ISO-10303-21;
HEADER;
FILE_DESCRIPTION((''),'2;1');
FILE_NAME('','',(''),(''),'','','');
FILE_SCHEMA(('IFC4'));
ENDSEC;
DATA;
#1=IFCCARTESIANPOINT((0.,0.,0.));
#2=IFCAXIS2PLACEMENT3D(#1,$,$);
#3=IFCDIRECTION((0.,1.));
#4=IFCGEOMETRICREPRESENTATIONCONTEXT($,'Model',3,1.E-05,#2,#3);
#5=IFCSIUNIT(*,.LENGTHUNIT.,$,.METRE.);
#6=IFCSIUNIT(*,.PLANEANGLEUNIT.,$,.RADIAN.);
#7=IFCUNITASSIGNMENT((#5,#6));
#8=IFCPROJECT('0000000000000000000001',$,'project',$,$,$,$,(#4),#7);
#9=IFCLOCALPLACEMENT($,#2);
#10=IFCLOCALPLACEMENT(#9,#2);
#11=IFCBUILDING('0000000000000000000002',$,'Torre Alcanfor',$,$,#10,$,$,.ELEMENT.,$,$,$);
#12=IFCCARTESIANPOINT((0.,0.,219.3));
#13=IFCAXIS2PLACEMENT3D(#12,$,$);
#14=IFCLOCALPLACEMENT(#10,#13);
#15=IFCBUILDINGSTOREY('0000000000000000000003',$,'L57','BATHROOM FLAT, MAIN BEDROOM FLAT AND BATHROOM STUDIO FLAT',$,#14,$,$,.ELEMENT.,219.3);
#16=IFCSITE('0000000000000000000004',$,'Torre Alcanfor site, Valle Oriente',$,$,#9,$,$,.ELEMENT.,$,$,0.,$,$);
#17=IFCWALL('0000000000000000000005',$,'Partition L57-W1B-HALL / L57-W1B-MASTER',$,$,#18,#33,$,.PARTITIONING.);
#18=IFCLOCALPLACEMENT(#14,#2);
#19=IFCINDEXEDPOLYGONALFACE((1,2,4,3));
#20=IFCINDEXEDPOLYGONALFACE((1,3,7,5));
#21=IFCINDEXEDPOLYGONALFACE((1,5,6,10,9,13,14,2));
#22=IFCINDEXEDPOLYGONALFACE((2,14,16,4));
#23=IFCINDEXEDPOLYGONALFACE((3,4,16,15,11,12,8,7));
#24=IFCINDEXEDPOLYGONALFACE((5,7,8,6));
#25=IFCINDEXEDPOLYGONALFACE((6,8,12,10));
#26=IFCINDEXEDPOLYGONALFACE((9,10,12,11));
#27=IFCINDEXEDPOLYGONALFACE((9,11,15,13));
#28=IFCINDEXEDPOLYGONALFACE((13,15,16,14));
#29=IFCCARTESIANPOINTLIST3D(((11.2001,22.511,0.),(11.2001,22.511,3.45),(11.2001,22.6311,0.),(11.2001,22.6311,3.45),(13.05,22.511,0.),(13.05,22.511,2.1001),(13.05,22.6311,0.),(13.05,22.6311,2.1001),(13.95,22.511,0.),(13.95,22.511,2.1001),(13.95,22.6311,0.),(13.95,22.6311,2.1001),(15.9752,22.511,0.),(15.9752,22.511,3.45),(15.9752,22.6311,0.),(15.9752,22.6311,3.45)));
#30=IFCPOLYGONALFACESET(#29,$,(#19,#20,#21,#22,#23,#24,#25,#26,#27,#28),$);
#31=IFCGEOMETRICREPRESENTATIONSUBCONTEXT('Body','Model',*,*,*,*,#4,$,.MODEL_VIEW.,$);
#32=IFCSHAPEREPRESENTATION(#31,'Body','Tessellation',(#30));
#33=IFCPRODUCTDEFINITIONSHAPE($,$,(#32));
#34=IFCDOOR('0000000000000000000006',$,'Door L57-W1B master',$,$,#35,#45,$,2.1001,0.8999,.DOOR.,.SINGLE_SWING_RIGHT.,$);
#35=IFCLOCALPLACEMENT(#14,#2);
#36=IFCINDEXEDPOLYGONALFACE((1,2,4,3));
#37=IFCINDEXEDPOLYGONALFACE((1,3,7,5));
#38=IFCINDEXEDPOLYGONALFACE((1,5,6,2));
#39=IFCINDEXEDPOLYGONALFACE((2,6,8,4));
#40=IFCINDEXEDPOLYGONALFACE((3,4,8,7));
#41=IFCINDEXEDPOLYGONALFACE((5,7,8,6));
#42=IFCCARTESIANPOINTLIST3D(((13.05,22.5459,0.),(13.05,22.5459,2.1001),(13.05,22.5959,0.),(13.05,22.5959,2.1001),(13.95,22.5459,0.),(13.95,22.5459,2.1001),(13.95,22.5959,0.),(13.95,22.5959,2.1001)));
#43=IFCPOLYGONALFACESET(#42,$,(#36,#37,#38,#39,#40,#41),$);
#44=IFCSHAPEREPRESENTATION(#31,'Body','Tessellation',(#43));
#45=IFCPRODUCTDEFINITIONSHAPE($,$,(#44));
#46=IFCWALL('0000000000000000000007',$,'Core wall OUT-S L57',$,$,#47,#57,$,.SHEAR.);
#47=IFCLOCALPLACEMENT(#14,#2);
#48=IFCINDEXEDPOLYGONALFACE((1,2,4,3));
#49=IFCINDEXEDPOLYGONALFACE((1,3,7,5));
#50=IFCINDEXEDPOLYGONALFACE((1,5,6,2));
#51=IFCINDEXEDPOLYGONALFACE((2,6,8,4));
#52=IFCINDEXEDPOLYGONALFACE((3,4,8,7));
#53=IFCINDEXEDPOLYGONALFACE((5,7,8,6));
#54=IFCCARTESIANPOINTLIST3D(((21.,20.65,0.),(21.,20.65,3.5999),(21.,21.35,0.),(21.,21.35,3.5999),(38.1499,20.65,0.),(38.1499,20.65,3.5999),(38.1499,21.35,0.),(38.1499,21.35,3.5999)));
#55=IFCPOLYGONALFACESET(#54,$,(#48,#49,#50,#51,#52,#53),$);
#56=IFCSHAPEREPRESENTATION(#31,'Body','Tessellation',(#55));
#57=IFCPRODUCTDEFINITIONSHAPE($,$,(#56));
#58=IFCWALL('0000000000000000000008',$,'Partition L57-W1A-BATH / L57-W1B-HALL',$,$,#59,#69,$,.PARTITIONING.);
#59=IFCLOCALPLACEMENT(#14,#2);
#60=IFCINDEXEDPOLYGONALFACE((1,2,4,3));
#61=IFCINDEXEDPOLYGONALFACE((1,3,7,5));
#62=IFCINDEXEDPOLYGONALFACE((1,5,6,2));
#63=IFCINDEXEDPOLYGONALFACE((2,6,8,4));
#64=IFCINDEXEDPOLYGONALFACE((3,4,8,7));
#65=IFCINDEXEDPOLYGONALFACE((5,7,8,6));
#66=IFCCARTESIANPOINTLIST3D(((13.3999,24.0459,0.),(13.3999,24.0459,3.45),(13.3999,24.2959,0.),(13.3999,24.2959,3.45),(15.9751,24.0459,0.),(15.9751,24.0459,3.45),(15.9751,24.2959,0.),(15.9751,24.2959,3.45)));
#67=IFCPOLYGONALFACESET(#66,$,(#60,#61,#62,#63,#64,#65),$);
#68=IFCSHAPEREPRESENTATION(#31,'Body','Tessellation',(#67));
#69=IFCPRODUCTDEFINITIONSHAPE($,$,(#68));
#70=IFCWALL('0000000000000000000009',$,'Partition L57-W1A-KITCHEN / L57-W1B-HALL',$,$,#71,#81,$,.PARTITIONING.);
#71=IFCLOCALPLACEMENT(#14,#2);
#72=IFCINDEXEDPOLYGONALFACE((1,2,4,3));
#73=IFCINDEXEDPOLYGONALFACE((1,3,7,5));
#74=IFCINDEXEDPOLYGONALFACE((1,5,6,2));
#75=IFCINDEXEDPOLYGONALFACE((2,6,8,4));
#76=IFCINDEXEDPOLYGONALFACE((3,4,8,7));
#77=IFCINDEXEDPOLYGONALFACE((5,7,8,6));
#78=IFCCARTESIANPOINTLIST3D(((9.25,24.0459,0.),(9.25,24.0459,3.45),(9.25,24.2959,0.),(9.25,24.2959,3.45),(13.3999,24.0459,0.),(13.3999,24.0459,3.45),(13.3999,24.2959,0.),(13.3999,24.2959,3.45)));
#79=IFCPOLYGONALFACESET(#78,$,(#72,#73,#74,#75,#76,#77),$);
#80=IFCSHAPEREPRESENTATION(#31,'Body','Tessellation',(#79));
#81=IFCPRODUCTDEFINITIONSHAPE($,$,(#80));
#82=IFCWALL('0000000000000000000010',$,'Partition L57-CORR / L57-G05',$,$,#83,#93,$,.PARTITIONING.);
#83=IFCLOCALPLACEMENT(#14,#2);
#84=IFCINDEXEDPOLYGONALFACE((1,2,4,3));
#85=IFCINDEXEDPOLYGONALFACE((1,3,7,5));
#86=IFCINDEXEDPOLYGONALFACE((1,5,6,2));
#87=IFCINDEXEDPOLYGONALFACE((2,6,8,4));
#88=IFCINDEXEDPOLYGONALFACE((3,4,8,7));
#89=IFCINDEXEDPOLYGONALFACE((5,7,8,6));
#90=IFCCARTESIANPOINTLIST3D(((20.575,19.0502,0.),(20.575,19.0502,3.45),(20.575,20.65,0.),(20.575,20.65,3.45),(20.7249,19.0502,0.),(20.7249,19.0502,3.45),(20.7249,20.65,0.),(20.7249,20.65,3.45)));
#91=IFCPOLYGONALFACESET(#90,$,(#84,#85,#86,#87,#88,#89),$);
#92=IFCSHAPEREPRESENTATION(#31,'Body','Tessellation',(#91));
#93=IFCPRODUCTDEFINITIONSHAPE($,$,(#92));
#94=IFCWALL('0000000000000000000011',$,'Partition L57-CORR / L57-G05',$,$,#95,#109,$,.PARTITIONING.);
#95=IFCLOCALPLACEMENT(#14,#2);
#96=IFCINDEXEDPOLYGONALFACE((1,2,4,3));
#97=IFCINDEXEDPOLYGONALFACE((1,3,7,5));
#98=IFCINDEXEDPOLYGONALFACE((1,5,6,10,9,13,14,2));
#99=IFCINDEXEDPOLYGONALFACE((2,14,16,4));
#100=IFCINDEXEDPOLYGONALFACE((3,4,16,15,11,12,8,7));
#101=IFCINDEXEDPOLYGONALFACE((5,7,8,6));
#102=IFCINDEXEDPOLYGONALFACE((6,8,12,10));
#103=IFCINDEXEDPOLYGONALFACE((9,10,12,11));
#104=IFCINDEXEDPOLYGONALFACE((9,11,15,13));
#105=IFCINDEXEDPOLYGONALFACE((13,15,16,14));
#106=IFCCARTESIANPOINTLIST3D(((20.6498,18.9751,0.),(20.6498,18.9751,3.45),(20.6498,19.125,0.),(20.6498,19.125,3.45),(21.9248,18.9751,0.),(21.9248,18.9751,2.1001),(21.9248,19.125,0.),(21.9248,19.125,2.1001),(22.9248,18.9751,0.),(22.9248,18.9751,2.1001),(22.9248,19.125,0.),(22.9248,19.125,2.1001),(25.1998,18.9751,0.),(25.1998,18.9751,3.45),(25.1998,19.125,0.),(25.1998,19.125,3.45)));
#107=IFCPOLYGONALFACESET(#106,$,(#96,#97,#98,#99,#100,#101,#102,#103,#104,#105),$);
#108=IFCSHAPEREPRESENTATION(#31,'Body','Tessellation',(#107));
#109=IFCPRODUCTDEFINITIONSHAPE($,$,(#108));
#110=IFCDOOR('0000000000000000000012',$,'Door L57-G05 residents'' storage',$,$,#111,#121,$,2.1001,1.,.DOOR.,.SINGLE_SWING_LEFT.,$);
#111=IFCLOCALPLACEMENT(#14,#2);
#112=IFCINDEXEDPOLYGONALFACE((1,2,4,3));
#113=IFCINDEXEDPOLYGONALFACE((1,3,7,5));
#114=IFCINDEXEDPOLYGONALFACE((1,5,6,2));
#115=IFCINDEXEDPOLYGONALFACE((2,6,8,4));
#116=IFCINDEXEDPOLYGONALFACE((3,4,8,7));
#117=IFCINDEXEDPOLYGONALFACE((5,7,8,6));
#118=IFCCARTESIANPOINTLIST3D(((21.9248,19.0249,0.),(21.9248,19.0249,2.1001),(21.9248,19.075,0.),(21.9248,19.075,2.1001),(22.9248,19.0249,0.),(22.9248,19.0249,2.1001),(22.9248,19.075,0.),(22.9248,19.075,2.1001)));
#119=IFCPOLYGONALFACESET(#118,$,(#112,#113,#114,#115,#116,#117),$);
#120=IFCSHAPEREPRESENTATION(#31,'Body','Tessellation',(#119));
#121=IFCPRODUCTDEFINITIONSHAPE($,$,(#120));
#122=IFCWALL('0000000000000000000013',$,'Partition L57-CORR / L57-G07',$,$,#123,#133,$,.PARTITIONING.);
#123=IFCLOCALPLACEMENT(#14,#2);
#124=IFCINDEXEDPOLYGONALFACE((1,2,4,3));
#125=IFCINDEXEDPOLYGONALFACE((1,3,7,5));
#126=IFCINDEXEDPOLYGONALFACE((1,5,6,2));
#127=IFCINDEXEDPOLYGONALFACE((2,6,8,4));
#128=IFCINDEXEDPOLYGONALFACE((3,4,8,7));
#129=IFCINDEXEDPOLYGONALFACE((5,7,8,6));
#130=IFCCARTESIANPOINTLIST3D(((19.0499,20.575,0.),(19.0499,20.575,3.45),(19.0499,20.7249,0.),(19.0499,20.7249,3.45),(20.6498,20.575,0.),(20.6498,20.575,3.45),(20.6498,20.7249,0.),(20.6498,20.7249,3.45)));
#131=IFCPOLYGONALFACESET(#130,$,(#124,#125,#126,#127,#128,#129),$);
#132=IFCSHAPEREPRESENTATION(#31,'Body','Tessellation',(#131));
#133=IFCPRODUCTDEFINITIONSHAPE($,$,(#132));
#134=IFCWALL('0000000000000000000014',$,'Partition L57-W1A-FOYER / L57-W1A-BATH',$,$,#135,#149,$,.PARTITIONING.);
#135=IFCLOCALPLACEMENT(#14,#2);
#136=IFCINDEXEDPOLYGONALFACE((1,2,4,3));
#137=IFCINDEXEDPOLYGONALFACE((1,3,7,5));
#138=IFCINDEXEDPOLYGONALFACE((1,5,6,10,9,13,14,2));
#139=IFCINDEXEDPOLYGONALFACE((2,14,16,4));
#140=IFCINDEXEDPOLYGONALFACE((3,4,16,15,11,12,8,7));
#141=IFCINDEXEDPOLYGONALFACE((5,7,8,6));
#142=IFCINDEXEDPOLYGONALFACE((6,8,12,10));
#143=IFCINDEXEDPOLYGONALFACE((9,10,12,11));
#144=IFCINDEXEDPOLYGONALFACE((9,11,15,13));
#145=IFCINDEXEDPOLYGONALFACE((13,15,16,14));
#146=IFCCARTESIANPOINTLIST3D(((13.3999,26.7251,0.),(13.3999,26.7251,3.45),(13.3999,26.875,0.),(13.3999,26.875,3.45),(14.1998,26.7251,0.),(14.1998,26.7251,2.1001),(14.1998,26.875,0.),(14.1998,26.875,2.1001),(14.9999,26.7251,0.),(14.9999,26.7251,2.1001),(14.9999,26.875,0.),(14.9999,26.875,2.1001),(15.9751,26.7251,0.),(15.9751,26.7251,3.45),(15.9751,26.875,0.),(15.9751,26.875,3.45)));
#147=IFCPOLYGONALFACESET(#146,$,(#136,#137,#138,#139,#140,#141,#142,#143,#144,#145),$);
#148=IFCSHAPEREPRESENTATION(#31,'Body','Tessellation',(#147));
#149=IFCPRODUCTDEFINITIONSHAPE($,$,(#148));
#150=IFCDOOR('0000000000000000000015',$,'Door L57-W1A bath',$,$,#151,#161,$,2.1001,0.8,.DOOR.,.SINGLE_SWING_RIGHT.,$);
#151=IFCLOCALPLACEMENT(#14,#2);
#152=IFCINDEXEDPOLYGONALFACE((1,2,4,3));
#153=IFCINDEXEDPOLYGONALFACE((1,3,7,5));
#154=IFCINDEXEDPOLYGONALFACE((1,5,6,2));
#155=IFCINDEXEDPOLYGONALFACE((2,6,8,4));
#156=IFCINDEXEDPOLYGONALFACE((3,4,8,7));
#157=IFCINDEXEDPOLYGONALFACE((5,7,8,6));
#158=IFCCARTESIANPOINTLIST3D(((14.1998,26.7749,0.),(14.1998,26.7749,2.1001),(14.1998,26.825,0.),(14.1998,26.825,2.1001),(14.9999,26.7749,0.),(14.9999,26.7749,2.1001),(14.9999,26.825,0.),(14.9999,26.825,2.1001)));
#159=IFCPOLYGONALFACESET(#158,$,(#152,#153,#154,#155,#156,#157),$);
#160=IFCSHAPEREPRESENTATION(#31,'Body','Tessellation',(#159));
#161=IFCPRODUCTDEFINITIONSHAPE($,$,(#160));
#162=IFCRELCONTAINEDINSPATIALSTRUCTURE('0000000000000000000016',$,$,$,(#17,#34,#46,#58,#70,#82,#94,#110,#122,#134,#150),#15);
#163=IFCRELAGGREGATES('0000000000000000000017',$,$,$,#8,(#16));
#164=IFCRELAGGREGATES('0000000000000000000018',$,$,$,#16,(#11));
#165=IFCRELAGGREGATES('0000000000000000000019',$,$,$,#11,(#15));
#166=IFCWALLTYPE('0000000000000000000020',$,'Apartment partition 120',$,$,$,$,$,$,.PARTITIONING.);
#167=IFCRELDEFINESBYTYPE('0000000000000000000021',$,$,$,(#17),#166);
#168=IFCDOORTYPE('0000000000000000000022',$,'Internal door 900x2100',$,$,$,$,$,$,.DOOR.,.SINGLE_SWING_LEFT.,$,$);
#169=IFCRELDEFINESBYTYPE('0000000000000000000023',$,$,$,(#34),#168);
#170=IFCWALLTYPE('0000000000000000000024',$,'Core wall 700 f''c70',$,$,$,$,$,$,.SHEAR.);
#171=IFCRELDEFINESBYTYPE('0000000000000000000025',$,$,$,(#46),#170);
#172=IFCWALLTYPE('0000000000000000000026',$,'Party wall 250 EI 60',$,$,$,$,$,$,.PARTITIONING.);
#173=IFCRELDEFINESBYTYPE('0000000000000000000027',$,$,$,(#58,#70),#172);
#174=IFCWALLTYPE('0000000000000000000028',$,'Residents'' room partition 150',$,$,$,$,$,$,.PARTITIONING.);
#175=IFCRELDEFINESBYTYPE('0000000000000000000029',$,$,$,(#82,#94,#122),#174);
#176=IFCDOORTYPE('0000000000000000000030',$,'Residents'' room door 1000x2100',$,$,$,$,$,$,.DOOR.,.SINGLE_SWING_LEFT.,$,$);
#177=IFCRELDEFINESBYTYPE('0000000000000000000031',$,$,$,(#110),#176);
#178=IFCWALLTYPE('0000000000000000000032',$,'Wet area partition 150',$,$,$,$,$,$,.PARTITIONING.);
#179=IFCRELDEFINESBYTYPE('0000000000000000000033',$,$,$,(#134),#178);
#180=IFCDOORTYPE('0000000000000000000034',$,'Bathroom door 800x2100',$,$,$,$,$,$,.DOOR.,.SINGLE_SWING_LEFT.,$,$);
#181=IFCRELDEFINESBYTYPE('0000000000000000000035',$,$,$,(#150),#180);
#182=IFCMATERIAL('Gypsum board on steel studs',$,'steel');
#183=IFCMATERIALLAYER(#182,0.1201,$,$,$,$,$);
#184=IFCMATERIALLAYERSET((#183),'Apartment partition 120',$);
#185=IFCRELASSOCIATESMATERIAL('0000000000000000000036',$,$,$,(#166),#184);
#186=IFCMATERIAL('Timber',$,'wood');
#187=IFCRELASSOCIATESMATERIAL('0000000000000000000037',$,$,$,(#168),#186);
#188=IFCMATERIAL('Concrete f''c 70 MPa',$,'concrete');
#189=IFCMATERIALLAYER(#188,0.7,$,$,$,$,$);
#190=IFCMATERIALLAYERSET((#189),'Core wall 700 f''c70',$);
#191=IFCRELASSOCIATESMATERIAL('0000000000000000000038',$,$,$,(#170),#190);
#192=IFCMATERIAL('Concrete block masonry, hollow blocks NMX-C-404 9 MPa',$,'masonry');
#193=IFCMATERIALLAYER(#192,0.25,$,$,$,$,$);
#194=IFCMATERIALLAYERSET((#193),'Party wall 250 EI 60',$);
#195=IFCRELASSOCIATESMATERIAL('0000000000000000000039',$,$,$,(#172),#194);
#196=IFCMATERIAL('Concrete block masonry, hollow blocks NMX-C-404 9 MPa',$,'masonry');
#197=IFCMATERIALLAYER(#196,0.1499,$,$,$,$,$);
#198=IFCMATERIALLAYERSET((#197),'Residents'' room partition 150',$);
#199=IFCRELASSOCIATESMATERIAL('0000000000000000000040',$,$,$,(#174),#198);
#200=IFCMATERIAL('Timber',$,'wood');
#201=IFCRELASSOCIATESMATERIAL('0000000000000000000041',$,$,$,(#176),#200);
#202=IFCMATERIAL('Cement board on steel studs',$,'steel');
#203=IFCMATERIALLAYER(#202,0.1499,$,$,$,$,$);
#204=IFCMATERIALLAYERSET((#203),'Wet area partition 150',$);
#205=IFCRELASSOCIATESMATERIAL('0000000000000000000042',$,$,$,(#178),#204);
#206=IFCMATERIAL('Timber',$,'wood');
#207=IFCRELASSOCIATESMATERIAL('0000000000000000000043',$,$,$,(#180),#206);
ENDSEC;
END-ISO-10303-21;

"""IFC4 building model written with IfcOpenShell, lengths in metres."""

from ifc_helpers import new_model, si_unit, direction, frame, frame_2d, origin, place, context, subcontext, project, spatial, rectangle, extrude, material, layer, layer_set, type_object, element, fill, save


model = new_model("IFC4")

# Units and contexts
model_context = context("Model", 3, precision=1e-05, world=origin(), true_north=direction((0.0, 1.0)))
body_context = subcontext(model_context, "Body", "Model", "MODEL_VIEW")
ifc_project = project(units=[si_unit("LENGTHUNIT", "METRE"), si_unit("PLANEANGLEUNIT", "RADIAN")], contexts=[model_context])

# Site, building, storey
site_placement = place(None, origin())
site = spatial("IfcSite", under=ifc_project, at=site_placement, Name="Torre Alcanfor site, Valle Oriente", CompositionType="ELEMENT", RefElevation=0.0)
building_placement = place(site_placement, origin())
building = spatial("IfcBuilding", under=site, at=building_placement, Name="Torre Alcanfor", CompositionType="ELEMENT")
storey_placement = place(building_placement, frame((0.0, 0.0, 219.3)))
storey = spatial("IfcBuildingStorey", under=building, at=storey_placement, Name="L57", Description="BATHROOM FLAT, MAIN BEDROOM FLAT AND BATHROOM STUDIO FLAT", CompositionType="ELEMENT", Elevation=219.3)

# Wall, opening, door
ifc_material_1 = material(Name="Gypsum board on steel studs", Category="steel")
ifc_layer_1 = layer(ifc_material_1, 0.1201)
ifc_layer_set_1 = layer_set([ifc_layer_1], Name="Apartment partition 120")
wall_type_1 = type_object("IfcWallType", Name="Apartment partition 120", PredefinedType="PARTITIONING", material=ifc_layer_set_1)
wall_1_placement = place(storey_placement, frame((11.2, 22.571, 0.0), z_axis=(0.0, 0.0, 1.0), x_axis=(1.0, 0.0, 0.0)))
wall_1 = element("IfcWall", 1, at=wall_1_placement, inside=storey, type_object=wall_type_1, Name="Partition L57-W1B-HALL / L57-W1B-MASTER", PredefinedType="PARTITIONING", context=body_context, shape_type="SweptSolid", body=[
    extrude(rectangle(XDim=4.7751, YDim=0.1201, at=frame_2d((2.3877, 0.0))), origin(), (0.0, 0.0, 1.0), 3.45),
])
opening_1_placement = place(wall_1_placement, frame((1.8501, 0.0, 0.0)))
opening_1 = element("IfcOpeningElement", 2, at=opening_1_placement, cuts=wall_1, PredefinedType="OPENING", context=body_context, shape_type="SweptSolid", body=[
    extrude(rectangle(XDim=0.8999, YDim=2.1001, at=frame_2d((0.45, 1.05))), frame((0.0, 0.0701, 0.0), z_axis=(0.0, -1.0, 0.0), x_axis=(1.0, 0.0, 0.0)), (0.0, 0.0, 1.0), 0.1401),
])
ifc_material_2 = material(Name="Timber", Category="wood")
door_type_1 = type_object("IfcDoorType", Name="Internal door 900x2100", OperationType="SINGLE_SWING_LEFT", PredefinedType="DOOR", material=ifc_material_2)
door_1_placement = place(opening_1_placement, frame((0.8999, 0.0, 0.0), z_axis=(0.0, 0.0, 1.0), x_axis=(-1.0, 0.0, 0.0)))
door_1 = element("IfcDoor", 3, at=door_1_placement, inside=storey, type_object=door_type_1, Name="Door L57-W1B master", OperationType="SINGLE_SWING_RIGHT", OverallHeight=2.1001, OverallWidth=0.8999, PredefinedType="DOOR", context=body_context, shape_type="SweptSolid", body=[
    extrude(rectangle(XDim=0.8999, YDim=2.1001, at=frame_2d((0.45, 1.05))), frame((0.0, 0.0251, 0.0), z_axis=(0.0, -1.0, 0.0), x_axis=(1.0, 0.0, 0.0)), (0.0, 0.0, 1.0), 0.05),
])
fill(opening_1, door_1)

# Walls
ifc_material_3 = material(Name="Concrete f'c 70 MPa", Category="concrete")
ifc_layer_2 = layer(ifc_material_3, 0.7)
ifc_layer_set_2 = layer_set([ifc_layer_2], Name="Core wall 700 f'c70")
wall_type_2 = type_object("IfcWallType", Name="Core wall 700 f'c70", PredefinedType="SHEAR", material=ifc_layer_set_2)
wall_2_placement = place(storey_placement, frame((21.0, 21.0, 0.0), z_axis=(0.0, 0.0, 1.0), x_axis=(1.0, 0.0, 0.0)))
element("IfcWall", 4, at=wall_2_placement, inside=storey, type_object=wall_type_2, Name="Core wall OUT-S L57", PredefinedType="SHEAR", context=body_context, shape_type="SweptSolid", body=[
    extrude(rectangle(XDim=17.1499, YDim=0.7, at=frame_2d((8.575, 0.0))), origin(), (0.0, 0.0, 1.0), 3.5999),
])
ifc_material_4 = material(Name="Concrete block masonry, hollow blocks NMX-C-404 9 MPa", Category="masonry")
ifc_layer_3 = layer(ifc_material_4, 0.25)
ifc_layer_set_3 = layer_set([ifc_layer_3], Name="Party wall 250 EI 60")
wall_type_3 = type_object("IfcWallType", Name="Party wall 250 EI 60", PredefinedType="PARTITIONING", material=ifc_layer_set_3)
wall_3_placement = place(storey_placement, frame((13.3999, 24.1709, 0.0), z_axis=(0.0, 0.0, 1.0), x_axis=(1.0, 0.0, 0.0)))
element("IfcWall", 5, at=wall_3_placement, inside=storey, type_object=wall_type_3, Name="Partition L57-W1A-BATH / L57-W1B-HALL", PredefinedType="PARTITIONING", context=body_context, shape_type="SweptSolid", body=[
    extrude(rectangle(XDim=2.5752, YDim=0.25, at=frame_2d((1.2876, 0.0))), origin(), (0.0, 0.0, 1.0), 3.45),
])
wall_4_placement = place(storey_placement, frame((9.25, 24.1709, 0.0), z_axis=(0.0, 0.0, 1.0), x_axis=(1.0, 0.0, 0.0)))
element("IfcWall", 6, at=wall_4_placement, inside=storey, type_object=wall_type_3, Name="Partition L57-W1A-KITCHEN / L57-W1B-HALL", PredefinedType="PARTITIONING", context=body_context, shape_type="SweptSolid", body=[
    extrude(rectangle(XDim=4.1499, YDim=0.25, at=frame_2d((2.075, 0.0))), origin(), (0.0, 0.0, 1.0), 3.45),
])
ifc_material_5 = material(Name="Concrete block masonry, hollow blocks NMX-C-404 9 MPa", Category="masonry")
ifc_layer_4 = layer(ifc_material_5, 0.1499)
ifc_layer_set_4 = layer_set([ifc_layer_4], Name="Residents' room partition 150")
wall_type_4 = type_object("IfcWallType", Name="Residents' room partition 150", PredefinedType="PARTITIONING", material=ifc_layer_set_4)
wall_5_placement = place(storey_placement, frame((20.6499, 20.6499, 0.0), z_axis=(0.0, 0.0, 1.0), x_axis=(0.0, -1.0, 0.0)))
element("IfcWall", 7, at=wall_5_placement, inside=storey, type_object=wall_type_4, Name="Partition L57-CORR / L57-G05", PredefinedType="PARTITIONING", context=body_context, shape_type="SweptSolid", body=[
    extrude(rectangle(XDim=1.5999, YDim=0.1499, at=frame_2d((0.7998, 0.0))), origin(), (0.0, 0.0, 1.0), 3.45),
])

# Wall, opening, door
wall_6_placement = place(storey_placement, frame((20.6499, 19.05, 0.0), z_axis=(0.0, 0.0, 1.0), x_axis=(1.0, 0.0, 0.0)))
wall_6 = element("IfcWall", 8, at=wall_6_placement, inside=storey, type_object=wall_type_4, Name="Partition L57-CORR / L57-G05", PredefinedType="PARTITIONING", context=body_context, shape_type="SweptSolid", body=[
    extrude(rectangle(XDim=4.55, YDim=0.1499, at=frame_2d((2.2749, 0.0))), origin(), (0.0, 0.0, 1.0), 3.45),
])
opening_2_placement = place(wall_6_placement, frame((1.2749, 0.0, 0.0)))
opening_2 = element("IfcOpeningElement", 9, at=opening_2_placement, cuts=wall_6, PredefinedType="OPENING", context=body_context, shape_type="SweptSolid", body=[
    extrude(rectangle(XDim=1.0, YDim=2.1001, at=frame_2d((0.5, 1.05))), frame((0.0, 0.085, 0.0), z_axis=(0.0, -1.0, 0.0), x_axis=(1.0, 0.0, 0.0)), (0.0, 0.0, 1.0), 0.1699),
])
ifc_material_6 = material(Name="Timber", Category="wood")
door_type_2 = type_object("IfcDoorType", Name="Residents' room door 1000x2100", OperationType="SINGLE_SWING_LEFT", PredefinedType="DOOR", material=ifc_material_6)
door_2_placement = place(opening_2_placement, origin())
door_2 = element("IfcDoor", 10, at=door_2_placement, inside=storey, type_object=door_type_2, Name="Door L57-G05 residents' storage", OperationType="SINGLE_SWING_LEFT", OverallHeight=2.1001, OverallWidth=1.0, PredefinedType="DOOR", context=body_context, shape_type="SweptSolid", body=[
    extrude(rectangle(XDim=1.0, YDim=2.1001, at=frame_2d((0.5, 1.05))), frame((0.0, 0.0249, 0.0), z_axis=(0.0, -1.0, 0.0), x_axis=(1.0, 0.0, 0.0)), (0.0, 0.0, 1.0), 0.05),
])
fill(opening_2, door_2)

# Wall
wall_7_placement = place(storey_placement, frame((19.05, 20.6499, 0.0), z_axis=(0.0, 0.0, 1.0), x_axis=(1.0, 0.0, 0.0)))
element("IfcWall", 11, at=wall_7_placement, inside=storey, type_object=wall_type_4, Name="Partition L57-CORR / L57-G07", PredefinedType="PARTITIONING", context=body_context, shape_type="SweptSolid", body=[
    extrude(rectangle(XDim=1.5999, YDim=0.1499, at=frame_2d((0.7998, 0.0))), origin(), (0.0, 0.0, 1.0), 3.45),
])

# Wall, opening, door
ifc_material_7 = material(Name="Cement board on steel studs", Category="steel")
ifc_layer_5 = layer(ifc_material_7, 0.1499)
ifc_layer_set_5 = layer_set([ifc_layer_5], Name="Wet area partition 150")
wall_type_5 = type_object("IfcWallType", Name="Wet area partition 150", PredefinedType="PARTITIONING", material=ifc_layer_set_5)
wall_8_placement = place(storey_placement, frame((13.3999, 26.8, 0.0), z_axis=(0.0, 0.0, 1.0), x_axis=(1.0, 0.0, 0.0)))
wall_8 = element("IfcWall", 12, at=wall_8_placement, inside=storey, type_object=wall_type_5, Name="Partition L57-W1A-FOYER / L57-W1A-BATH", PredefinedType="PARTITIONING", context=body_context, shape_type="SweptSolid", body=[
    extrude(rectangle(XDim=2.5752, YDim=0.1499, at=frame_2d((1.2876, 0.0))), origin(), (0.0, 0.0, 1.0), 3.45),
])
opening_3_placement = place(wall_8_placement, frame((0.8, 0.0, 0.0)))
opening_3 = element("IfcOpeningElement", 13, at=opening_3_placement, cuts=wall_8, PredefinedType="OPENING", context=body_context, shape_type="SweptSolid", body=[
    extrude(rectangle(XDim=0.8, YDim=2.1001, at=frame_2d((0.3999, 1.05))), frame((0.0, 0.085, 0.0), z_axis=(0.0, -1.0, 0.0), x_axis=(1.0, 0.0, 0.0)), (0.0, 0.0, 1.0), 0.1699),
])
ifc_material_8 = material(Name="Timber", Category="wood")
door_type_3 = type_object("IfcDoorType", Name="Bathroom door 800x2100", OperationType="SINGLE_SWING_LEFT", PredefinedType="DOOR", material=ifc_material_8)
door_3_placement = place(opening_3_placement, frame((0.8, 0.0, 0.0), z_axis=(0.0, 0.0, 1.0), x_axis=(-1.0, 0.0, 0.0)))
door_3 = element("IfcDoor", 14, at=door_3_placement, inside=storey, type_object=door_type_3, Name="Door L57-W1A bath", OperationType="SINGLE_SWING_RIGHT", OverallHeight=2.1001, OverallWidth=0.8, PredefinedType="DOOR", context=body_context, shape_type="SweptSolid", body=[
    extrude(rectangle(XDim=0.8, YDim=2.1001, at=frame_2d((0.4001, 1.05))), frame((0.0, 0.0251, 0.0), z_axis=(0.0, -1.0, 0.0), x_axis=(1.0, 0.0, 0.0)), (0.0, 0.0, 1.0), 0.05),
])
fill(opening_3, door_3)

save(model, "model.ifc")
